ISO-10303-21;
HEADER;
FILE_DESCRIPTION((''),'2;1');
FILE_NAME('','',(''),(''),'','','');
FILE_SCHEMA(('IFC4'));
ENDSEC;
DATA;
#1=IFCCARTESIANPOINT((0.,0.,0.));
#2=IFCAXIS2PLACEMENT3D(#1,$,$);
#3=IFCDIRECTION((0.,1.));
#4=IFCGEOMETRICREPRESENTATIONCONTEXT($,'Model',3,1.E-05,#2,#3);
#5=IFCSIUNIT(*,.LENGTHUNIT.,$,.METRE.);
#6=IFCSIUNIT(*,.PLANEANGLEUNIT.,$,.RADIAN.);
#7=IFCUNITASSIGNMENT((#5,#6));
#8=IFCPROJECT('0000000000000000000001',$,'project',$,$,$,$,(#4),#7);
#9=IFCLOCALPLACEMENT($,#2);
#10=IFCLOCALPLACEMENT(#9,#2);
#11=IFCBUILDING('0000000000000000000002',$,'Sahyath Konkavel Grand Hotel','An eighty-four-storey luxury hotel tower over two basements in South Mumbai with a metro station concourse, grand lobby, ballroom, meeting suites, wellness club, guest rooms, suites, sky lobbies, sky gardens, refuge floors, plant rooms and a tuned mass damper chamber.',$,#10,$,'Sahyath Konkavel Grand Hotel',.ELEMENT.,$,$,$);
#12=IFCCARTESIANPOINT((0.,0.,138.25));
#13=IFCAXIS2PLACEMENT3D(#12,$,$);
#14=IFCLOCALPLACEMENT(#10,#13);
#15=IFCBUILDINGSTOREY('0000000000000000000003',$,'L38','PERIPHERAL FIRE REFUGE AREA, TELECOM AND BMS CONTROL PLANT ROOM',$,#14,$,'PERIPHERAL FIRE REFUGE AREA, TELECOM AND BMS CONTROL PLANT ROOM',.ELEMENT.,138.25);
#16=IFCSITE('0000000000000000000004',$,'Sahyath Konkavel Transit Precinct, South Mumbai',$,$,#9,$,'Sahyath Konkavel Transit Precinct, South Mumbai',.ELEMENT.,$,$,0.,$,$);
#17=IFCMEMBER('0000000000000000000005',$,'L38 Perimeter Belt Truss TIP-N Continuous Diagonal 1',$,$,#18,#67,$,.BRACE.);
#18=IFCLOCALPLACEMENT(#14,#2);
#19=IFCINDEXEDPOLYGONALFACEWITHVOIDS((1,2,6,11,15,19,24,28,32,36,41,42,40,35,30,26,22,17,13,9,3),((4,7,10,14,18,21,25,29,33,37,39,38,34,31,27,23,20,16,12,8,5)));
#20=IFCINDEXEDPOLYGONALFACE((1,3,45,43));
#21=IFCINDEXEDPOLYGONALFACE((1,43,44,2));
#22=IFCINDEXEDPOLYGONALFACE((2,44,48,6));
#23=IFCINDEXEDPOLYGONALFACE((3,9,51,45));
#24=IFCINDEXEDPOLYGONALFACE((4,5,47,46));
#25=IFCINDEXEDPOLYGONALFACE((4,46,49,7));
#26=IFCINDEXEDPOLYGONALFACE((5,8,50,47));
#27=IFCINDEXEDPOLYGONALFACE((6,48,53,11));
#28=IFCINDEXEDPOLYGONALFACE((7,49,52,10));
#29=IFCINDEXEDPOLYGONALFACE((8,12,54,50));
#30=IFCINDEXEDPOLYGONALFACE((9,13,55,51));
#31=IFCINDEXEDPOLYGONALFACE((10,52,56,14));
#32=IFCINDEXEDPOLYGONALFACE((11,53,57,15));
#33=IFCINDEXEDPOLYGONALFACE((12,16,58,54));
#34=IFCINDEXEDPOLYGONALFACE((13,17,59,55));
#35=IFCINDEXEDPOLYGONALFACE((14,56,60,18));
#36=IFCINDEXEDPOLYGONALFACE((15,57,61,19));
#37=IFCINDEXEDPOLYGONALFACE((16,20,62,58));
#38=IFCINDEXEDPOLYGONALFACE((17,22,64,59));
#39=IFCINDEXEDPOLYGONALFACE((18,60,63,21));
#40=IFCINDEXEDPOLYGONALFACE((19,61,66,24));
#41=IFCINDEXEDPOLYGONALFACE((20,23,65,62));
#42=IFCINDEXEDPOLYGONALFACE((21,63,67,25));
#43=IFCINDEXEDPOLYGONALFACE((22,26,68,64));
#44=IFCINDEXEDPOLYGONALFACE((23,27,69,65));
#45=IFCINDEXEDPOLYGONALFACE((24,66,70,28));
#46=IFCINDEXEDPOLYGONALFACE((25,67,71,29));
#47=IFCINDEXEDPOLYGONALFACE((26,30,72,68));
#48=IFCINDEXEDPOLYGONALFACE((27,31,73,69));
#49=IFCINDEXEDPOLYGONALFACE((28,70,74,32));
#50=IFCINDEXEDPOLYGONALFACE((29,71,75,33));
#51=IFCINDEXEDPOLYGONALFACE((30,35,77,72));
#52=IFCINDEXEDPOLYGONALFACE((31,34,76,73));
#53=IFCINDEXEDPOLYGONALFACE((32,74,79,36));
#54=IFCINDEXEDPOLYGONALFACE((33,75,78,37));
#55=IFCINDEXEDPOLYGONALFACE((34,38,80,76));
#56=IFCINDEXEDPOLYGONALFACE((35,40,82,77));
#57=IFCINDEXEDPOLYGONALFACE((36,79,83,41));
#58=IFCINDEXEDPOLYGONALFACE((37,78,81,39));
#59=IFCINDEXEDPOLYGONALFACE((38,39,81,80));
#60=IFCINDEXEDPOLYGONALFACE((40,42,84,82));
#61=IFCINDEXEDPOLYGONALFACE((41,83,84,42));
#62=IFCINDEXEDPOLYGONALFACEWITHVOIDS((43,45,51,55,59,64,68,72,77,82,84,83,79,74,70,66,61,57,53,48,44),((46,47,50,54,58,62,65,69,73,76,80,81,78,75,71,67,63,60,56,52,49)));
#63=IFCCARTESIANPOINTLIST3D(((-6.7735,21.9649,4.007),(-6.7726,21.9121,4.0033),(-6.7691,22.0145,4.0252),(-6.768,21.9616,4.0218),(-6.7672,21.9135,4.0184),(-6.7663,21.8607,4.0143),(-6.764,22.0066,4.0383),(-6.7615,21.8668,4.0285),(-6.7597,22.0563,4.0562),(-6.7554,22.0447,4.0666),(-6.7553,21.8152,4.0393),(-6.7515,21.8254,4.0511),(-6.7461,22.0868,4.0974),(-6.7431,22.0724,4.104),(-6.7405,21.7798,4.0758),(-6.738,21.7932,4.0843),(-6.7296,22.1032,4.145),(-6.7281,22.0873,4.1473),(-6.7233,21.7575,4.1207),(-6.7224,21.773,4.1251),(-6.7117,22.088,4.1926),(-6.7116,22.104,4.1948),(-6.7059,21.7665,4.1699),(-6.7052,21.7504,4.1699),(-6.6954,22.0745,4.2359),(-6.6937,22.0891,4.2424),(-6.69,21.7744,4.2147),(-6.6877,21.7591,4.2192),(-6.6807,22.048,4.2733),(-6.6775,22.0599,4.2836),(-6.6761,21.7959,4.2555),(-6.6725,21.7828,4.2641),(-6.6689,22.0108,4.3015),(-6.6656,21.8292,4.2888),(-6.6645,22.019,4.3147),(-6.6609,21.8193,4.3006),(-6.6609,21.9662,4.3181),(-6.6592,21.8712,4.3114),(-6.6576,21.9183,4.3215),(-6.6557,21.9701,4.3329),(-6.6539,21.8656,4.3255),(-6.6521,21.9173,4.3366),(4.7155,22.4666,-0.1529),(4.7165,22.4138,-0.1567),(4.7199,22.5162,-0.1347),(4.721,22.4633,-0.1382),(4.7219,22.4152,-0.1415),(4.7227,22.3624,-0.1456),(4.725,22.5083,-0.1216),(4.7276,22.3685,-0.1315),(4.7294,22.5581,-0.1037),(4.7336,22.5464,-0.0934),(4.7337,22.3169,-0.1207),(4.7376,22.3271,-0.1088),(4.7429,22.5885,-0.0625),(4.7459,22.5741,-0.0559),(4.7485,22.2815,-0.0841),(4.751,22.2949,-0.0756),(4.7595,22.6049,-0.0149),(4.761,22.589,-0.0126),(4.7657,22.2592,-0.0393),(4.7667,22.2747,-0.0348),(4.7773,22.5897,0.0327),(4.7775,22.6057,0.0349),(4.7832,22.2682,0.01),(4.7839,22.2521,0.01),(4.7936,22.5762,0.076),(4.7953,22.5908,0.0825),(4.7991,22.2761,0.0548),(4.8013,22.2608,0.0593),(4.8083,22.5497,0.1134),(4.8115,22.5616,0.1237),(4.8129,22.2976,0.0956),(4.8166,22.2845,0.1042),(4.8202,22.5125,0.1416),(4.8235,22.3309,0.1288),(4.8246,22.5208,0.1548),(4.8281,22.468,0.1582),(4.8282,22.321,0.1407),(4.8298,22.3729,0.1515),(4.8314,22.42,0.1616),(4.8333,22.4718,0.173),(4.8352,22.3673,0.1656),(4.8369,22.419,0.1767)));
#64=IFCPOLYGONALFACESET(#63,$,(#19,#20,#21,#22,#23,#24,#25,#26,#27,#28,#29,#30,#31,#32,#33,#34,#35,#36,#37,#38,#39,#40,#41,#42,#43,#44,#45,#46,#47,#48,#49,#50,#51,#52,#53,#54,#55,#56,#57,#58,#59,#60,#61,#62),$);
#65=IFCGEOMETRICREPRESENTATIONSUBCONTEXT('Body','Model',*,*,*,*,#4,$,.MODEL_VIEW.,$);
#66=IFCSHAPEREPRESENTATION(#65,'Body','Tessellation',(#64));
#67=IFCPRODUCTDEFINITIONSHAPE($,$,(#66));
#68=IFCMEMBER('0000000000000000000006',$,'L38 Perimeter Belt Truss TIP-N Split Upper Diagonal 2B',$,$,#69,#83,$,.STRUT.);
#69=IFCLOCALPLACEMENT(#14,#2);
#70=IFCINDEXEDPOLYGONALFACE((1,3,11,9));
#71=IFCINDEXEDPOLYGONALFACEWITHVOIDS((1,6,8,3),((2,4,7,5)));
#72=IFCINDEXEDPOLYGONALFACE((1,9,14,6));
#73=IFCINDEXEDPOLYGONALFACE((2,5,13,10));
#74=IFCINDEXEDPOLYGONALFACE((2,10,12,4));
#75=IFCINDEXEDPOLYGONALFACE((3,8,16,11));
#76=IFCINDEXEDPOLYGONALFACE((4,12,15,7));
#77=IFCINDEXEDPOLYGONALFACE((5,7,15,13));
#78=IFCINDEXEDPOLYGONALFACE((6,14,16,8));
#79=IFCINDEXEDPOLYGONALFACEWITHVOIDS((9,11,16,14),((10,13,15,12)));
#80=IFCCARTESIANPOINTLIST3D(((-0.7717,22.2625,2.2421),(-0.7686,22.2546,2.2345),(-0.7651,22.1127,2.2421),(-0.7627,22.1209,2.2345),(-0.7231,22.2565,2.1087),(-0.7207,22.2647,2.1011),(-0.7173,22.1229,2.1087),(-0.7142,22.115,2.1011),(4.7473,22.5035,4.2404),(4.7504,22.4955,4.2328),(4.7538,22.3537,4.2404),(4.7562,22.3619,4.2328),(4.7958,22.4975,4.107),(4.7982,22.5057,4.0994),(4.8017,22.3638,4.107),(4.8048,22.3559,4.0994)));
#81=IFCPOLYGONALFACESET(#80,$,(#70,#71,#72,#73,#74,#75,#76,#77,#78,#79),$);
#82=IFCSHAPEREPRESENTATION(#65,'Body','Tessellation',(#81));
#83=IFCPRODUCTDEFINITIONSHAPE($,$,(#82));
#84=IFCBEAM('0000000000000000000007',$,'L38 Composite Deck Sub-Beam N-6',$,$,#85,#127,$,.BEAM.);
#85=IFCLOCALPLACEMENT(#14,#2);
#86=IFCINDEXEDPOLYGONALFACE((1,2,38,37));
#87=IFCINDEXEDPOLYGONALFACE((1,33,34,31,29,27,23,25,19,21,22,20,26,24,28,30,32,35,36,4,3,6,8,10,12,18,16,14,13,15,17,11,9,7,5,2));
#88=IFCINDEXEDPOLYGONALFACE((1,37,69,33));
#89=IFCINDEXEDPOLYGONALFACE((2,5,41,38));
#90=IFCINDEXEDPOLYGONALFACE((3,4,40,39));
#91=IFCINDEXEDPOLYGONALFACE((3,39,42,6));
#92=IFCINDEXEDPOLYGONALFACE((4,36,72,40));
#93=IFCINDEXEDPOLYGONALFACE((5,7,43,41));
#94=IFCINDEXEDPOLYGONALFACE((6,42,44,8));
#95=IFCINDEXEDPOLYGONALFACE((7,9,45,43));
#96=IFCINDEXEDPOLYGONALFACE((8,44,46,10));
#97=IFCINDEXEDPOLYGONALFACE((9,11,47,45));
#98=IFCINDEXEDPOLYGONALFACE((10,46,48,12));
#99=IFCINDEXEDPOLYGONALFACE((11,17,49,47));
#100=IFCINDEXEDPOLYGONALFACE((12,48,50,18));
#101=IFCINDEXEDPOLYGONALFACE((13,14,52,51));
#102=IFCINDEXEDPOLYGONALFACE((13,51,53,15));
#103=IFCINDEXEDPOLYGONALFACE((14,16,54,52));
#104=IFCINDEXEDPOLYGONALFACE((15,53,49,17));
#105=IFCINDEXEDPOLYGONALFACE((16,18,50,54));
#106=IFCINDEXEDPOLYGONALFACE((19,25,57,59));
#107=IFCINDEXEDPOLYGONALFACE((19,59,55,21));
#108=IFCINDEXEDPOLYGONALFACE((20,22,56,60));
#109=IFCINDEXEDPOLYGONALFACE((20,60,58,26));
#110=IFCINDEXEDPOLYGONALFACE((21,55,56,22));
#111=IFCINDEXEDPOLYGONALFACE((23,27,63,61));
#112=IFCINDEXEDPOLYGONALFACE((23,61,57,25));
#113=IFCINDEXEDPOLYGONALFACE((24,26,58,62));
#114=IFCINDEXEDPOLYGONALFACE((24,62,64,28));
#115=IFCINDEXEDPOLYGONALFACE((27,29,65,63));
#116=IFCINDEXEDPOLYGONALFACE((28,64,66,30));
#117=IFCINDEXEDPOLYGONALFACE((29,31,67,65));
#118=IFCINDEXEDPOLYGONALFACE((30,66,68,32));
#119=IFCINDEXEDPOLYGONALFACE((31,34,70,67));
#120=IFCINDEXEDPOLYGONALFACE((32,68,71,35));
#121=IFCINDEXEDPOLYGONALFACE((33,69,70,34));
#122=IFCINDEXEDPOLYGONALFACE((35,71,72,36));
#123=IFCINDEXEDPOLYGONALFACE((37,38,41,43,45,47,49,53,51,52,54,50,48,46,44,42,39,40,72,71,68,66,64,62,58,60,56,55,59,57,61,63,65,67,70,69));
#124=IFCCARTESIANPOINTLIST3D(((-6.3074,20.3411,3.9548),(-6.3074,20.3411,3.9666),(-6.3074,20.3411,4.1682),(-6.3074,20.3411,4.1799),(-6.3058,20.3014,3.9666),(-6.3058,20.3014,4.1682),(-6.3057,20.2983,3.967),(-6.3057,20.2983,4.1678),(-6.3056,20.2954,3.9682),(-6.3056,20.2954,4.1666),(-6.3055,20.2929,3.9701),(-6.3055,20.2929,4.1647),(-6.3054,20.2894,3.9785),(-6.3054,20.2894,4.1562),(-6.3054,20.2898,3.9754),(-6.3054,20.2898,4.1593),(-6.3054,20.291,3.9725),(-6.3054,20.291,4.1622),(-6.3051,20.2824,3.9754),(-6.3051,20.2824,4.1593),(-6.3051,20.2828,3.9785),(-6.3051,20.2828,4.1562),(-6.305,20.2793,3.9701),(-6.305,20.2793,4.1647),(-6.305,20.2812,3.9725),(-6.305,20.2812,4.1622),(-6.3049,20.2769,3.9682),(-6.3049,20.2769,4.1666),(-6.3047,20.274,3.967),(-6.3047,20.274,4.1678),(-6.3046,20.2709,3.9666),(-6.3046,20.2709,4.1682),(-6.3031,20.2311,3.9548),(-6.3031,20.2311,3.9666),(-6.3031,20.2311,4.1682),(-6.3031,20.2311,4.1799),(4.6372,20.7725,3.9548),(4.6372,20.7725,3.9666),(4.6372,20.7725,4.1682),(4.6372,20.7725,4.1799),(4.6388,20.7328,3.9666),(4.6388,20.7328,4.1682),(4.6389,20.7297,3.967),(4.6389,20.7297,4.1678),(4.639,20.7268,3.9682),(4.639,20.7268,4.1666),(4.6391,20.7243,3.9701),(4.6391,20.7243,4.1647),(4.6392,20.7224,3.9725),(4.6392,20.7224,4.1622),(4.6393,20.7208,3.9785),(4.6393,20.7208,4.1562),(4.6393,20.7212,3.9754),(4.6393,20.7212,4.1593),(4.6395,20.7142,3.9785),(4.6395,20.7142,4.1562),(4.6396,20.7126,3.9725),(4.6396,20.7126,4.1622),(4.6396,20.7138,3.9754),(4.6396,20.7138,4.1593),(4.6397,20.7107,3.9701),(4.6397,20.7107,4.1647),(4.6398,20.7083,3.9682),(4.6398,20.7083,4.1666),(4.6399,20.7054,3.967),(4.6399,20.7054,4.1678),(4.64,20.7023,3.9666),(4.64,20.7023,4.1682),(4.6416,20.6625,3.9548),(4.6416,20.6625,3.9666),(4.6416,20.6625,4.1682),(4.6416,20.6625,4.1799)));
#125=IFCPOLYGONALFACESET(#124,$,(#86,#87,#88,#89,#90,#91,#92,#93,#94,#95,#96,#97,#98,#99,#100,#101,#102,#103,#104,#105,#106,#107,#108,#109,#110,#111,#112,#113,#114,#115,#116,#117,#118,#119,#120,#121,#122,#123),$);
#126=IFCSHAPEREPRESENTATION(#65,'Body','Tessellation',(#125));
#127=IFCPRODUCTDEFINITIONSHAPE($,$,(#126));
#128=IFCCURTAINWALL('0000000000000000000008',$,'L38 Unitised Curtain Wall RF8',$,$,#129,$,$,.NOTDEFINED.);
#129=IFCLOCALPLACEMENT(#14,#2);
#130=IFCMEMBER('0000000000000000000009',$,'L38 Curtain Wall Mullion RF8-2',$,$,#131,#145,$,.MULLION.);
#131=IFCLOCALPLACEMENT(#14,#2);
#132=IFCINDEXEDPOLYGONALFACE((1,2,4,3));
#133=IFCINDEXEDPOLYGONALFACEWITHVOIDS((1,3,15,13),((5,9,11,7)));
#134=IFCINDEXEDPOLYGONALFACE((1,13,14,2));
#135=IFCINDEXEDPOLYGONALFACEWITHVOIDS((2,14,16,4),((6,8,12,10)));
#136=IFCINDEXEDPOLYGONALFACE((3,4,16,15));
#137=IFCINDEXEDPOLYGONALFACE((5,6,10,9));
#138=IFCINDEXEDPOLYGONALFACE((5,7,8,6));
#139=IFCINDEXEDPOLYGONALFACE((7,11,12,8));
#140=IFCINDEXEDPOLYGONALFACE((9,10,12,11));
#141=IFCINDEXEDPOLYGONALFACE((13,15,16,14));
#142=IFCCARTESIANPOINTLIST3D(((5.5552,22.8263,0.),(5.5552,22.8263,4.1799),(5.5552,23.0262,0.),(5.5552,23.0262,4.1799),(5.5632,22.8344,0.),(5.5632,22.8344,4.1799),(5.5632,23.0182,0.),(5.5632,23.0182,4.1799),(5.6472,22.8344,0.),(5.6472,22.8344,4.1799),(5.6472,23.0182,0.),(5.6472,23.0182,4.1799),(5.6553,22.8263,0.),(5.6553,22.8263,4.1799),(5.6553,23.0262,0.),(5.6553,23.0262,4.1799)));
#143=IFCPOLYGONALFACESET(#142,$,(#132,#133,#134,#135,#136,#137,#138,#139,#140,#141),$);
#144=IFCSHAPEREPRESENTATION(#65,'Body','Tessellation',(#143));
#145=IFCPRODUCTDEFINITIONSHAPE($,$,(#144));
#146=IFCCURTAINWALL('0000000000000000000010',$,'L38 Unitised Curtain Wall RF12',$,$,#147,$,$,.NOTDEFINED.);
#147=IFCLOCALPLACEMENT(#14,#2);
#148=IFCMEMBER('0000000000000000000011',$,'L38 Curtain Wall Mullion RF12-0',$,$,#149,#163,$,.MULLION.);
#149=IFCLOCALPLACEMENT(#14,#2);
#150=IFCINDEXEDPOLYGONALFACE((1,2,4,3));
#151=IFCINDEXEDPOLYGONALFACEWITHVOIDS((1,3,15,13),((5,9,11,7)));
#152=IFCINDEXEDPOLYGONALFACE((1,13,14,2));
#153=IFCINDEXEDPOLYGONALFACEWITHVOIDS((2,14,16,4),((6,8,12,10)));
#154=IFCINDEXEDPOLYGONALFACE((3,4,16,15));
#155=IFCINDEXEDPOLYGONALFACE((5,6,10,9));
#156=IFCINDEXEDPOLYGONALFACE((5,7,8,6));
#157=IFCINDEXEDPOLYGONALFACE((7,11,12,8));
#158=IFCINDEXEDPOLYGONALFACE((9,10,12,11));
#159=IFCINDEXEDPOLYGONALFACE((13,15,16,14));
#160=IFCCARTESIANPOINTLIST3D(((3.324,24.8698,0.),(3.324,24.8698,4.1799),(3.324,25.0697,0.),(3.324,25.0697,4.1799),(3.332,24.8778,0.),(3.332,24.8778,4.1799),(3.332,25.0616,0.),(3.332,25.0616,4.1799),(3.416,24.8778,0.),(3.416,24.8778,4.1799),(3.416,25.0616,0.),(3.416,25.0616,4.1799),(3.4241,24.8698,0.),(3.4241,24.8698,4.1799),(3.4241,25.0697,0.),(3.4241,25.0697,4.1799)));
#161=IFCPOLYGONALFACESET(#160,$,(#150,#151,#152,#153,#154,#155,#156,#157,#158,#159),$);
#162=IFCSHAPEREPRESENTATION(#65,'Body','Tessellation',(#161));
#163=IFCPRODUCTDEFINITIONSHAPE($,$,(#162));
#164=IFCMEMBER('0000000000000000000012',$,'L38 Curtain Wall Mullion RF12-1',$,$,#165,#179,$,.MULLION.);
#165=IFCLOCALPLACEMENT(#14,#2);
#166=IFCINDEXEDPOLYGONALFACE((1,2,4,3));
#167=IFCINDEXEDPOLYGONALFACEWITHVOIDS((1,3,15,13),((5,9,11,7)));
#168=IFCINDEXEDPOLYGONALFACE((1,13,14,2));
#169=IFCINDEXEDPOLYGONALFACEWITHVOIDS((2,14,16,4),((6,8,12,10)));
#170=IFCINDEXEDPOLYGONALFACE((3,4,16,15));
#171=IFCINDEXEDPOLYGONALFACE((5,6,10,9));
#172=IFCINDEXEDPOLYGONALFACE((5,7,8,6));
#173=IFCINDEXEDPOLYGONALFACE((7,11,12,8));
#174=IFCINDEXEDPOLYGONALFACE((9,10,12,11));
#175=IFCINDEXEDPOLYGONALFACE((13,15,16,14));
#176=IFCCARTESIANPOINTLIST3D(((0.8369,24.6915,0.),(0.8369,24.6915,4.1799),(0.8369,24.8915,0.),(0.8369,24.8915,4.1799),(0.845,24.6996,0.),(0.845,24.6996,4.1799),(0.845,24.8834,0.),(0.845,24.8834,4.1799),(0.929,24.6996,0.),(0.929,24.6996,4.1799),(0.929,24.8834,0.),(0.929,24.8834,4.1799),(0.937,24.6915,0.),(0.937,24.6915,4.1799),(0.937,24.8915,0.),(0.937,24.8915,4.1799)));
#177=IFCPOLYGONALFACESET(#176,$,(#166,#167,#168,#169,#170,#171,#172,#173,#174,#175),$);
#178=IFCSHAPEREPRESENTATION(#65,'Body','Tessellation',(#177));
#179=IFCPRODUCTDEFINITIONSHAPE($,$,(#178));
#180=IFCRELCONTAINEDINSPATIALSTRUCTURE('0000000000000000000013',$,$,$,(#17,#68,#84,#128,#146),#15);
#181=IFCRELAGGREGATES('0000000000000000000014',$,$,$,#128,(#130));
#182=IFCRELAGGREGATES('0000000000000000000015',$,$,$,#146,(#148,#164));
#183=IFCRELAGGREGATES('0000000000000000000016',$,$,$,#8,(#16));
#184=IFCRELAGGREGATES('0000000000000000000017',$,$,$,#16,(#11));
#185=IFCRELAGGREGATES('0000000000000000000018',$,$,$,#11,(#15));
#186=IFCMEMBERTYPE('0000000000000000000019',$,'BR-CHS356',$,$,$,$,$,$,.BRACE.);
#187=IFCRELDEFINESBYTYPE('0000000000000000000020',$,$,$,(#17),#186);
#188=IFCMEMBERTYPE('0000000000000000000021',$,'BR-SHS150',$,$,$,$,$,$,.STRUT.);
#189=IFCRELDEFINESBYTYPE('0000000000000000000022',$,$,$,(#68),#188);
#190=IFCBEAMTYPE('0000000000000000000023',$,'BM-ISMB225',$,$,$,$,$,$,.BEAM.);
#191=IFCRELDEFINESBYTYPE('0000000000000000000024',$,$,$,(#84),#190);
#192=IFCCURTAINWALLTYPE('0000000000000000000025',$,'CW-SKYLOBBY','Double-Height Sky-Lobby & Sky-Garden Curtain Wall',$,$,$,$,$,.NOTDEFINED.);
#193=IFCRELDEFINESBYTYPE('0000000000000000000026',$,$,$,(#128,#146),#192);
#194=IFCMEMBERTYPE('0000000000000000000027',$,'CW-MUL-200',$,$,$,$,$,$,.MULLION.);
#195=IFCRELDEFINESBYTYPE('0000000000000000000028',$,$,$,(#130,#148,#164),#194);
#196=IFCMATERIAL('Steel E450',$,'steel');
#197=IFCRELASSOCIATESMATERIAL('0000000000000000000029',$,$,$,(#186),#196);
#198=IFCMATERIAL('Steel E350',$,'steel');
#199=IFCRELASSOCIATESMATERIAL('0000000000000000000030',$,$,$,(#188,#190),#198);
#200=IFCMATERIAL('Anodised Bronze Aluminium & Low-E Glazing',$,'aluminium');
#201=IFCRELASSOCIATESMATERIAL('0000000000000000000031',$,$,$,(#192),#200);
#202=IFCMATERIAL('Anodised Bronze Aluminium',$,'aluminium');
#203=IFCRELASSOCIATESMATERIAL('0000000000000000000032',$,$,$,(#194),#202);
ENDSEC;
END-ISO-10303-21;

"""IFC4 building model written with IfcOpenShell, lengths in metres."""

from ifc_helpers import new_model, si_unit, direction, frame, origin, origin_2d, place, context, subcontext, project, spatial, hollow_rectangle, hollow_circle, i_section, extrude, source, transform, mapped, material, material_profile, profile_set, type_object, element, aggregate, save


model = new_model("IFC4")

# Units and contexts
model_context = context("Model", 3, precision=1e-05, world=origin(), true_north=direction((0.0, 1.0)))
body_context = subcontext(model_context, "Body", "Model", "MODEL_VIEW")
ifc_project = project(units=[si_unit("LENGTHUNIT", "METRE"), si_unit("PLANEANGLEUNIT", "RADIAN")], contexts=[model_context])

# Site, building, storey
site_placement = place(None, origin())
site = spatial("IfcSite", under=ifc_project, at=site_placement, Name="Sahyath Konkavel Transit Precinct, South Mumbai", LongName="Sahyath Konkavel Transit Precinct, South Mumbai", CompositionType="ELEMENT", RefElevation=0.0)
building_placement = place(site_placement, origin())
building = spatial("IfcBuilding", under=site, at=building_placement, Name="Sahyath Konkavel Grand Hotel", Description="An eighty-four-storey luxury hotel tower over two basements in South Mumbai with a metro station concourse, grand lobby, ballroom, meeting suites, wellness club, guest rooms, suites, sky lobbies, sky gardens, refuge floors, plant rooms and a tuned mass damper chamber.", LongName="Sahyath Konkavel Grand Hotel", CompositionType="ELEMENT")
storey_placement = place(building_placement, frame((0.0, 0.0, 138.25)))
storey = spatial("IfcBuildingStorey", under=building, at=storey_placement, Name="L38", Description="PERIPHERAL FIRE REFUGE AREA, TELECOM AND BMS CONTROL PLANT ROOM", LongName="PERIPHERAL FIRE REFUGE AREA, TELECOM AND BMS CONTROL PLANT ROOM", CompositionType="ELEMENT", Elevation=138.25)

# Shared definitions
ifc_material_1 = material(Name="Steel E450", Category="steel")

# Shared definitions
ifc_material_2 = material(Name="Steel E350", Category="steel")

# Members
ifc_material_profile_1 = material_profile(ifc_material_1, hollow_circle(Radius=0.1777, WallThickness=0.0161, at=origin_2d()), Name="CHS 355.6x16")
ifc_profile_set_1 = profile_set([ifc_material_profile_1], Name="Steel E450")
member_type_1 = type_object("IfcMemberType", Name="BR-CHS356", PredefinedType="BRACE", material=ifc_profile_set_1)
shared_shape_1 = source(origin(), body_context, "Body", "SweptSolid", [
    extrude(hollow_circle(Radius=0.1777, WallThickness=0.0161, at=origin_2d()), origin(), (0.0, 0.0, 1.0), 12.2292),
])
member_1_placement = place(storey_placement, frame((4.7761, 22.4297, 0.01), z_axis=(-0.939472, -0.041025, 0.340161), x_axis=(0.043627, -0.999048, 0.0)))
element("IfcMember", 1, at=member_1_placement, inside=storey, type_object=member_type_1, Name="L38 Perimeter Belt Truss TIP-N Continuous Diagonal 1", PredefinedType="BRACE", context=body_context, shape_type="MappedRepresentation", body=[
    mapped(shared_shape_1, transform((0.0, 0.0, 0.0), scale=1.0)),
])
ifc_material_profile_2 = material_profile(ifc_material_2, hollow_rectangle(XDim=0.1499, YDim=0.1499, WallThickness=0.0081, at=origin_2d()), Name="SHS 150x150x8")
ifc_profile_set_2 = profile_set([ifc_material_profile_2], Name="Steel E350")
member_type_2 = type_object("IfcMemberType", Name="BR-SHS150", PredefinedType="STRUT", material=ifc_profile_set_2)
shared_shape_2 = source(origin(), body_context, "Body", "SweptSolid", [
    extrude(hollow_rectangle(XDim=0.1499, YDim=0.1499, WallThickness=0.0081, at=origin_2d()), origin(), (0.0, 0.0, 1.0), 5.8745),
])
member_2_placement = place(storey_placement, frame((-0.7429, 22.1887, 2.1716), z_axis=(0.939474, 0.041018, 0.340157), x_axis=(-0.043619, 0.999048, 0.0)))
element("IfcMember", 2, at=member_2_placement, inside=storey, type_object=member_type_2, Name="L38 Perimeter Belt Truss TIP-N Split Upper Diagonal 2B", PredefinedType="STRUT", context=body_context, shape_type="MappedRepresentation", body=[
    mapped(shared_shape_2, transform((0.0, 0.0, 0.0), scale=1.0)),
])

# Beam
ifc_material_profile_3 = material_profile(ifc_material_2, i_section(OverallWidth=0.1101, OverallDepth=0.2251, WebThickness=0.0066, FlangeThickness=0.0117, FilletRadius=0.012, at=origin_2d()), Name="ISMB 225")
ifc_profile_set_3 = profile_set([ifc_material_profile_3], Name="Steel E350")
beam_type_1 = type_object("IfcBeamType", Name="BM-ISMB225", PredefinedType="BEAM", material=ifc_profile_set_3)
shared_shape_3 = source(origin(), body_context, "Body", "SweptSolid", [
    extrude(i_section(OverallWidth=0.1101, OverallDepth=0.2251, WebThickness=0.0066, FlangeThickness=0.0117, FilletRadius=0.012, at=origin_2d()), origin(), (0.0, 0.0, 1.0), 10.9531),
])
beam_1_placement = place(storey_placement, frame((4.6394, 20.7175, 4.0674), z_axis=(-0.999224, -0.039386, 0.0), x_axis=(0.039386, -0.999224, 0.0)))
element("IfcBeam", 3, at=beam_1_placement, inside=storey, type_object=beam_type_1, Name="L38 Composite Deck Sub-Beam N-6", PredefinedType="BEAM", context=body_context, shape_type="MappedRepresentation", body=[
    mapped(shared_shape_3, transform((0.0, 0.0, 0.0), scale=1.0)),
])

# Curtain wall, member
ifc_material_3 = material(Name="Anodised Bronze Aluminium & Low-E Glazing", Category="aluminium")
curtain_wall_type = type_object("IfcCurtainWallType", Name="CW-SKYLOBBY", Description="Double-Height Sky-Lobby & Sky-Garden Curtain Wall", PredefinedType="NOTDEFINED", material=ifc_material_3)
curtain_wall_1_placement = place(storey_placement, origin())
curtain_wall_1 = element("IfcCurtainWall", 4, at=curtain_wall_1_placement, inside=storey, type_object=curtain_wall_type, Name="L38 Unitised Curtain Wall RF8", PredefinedType="NOTDEFINED")
ifc_material_4 = material(Name="Anodised Bronze Aluminium", Category="aluminium")
ifc_material_profile_4 = material_profile(ifc_material_4, hollow_rectangle(XDim=0.1001, YDim=0.2, WallThickness=0.0081, at=origin_2d()), Name="RHS 200x100x8")
ifc_profile_set_4 = profile_set([ifc_material_profile_4], Name="Anodised Bronze Aluminium")
member_type_3 = type_object("IfcMemberType", Name="CW-MUL-200", PredefinedType="MULLION", material=ifc_profile_set_4)
shared_shape_4 = source(origin(), body_context, "Body", "SweptSolid", [
    extrude(hollow_rectangle(XDim=0.1001, YDim=0.2, WallThickness=0.0081, at=origin_2d()), origin(), (0.0, 0.0, 1.0), 4.1799),
])
member_3_placement = place(storey_placement, frame((5.6052, 22.9263, 0.0), z_axis=(0.0, 0.0, 1.0), x_axis=(1.0, 0.0, 0.0)))
member_3 = element("IfcMember", 5, at=member_3_placement, type_object=member_type_3, Name="L38 Curtain Wall Mullion RF8-2", PredefinedType="MULLION", context=body_context, shape_type="MappedRepresentation", body=[
    mapped(shared_shape_4, transform((0.0, 0.0, 0.0), scale=1.0)),
])
aggregate(curtain_wall_1, [member_3])

# Curtain wall, members
curtain_wall_2_placement = place(storey_placement, origin())
curtain_wall_2 = element("IfcCurtainWall", 6, at=curtain_wall_2_placement, inside=storey, type_object=curtain_wall_type, Name="L38 Unitised Curtain Wall RF12", PredefinedType="NOTDEFINED")
member_4_placement = place(storey_placement, frame((3.374, 24.9697, 0.0), z_axis=(0.0, 0.0, 1.0), x_axis=(1.0, 0.0, 0.0)))
member_4 = element("IfcMember", 7, at=member_4_placement, type_object=member_type_3, Name="L38 Curtain Wall Mullion RF12-0", PredefinedType="MULLION", context=body_context, shape_type="MappedRepresentation", body=[
    mapped(shared_shape_4, transform((0.0, 0.0, 0.0), scale=1.0)),
])
member_5_placement = place(storey_placement, frame((0.887, 24.7915, 0.0), z_axis=(0.0, 0.0, 1.0), x_axis=(1.0, 0.0, 0.0)))
member_5 = element("IfcMember", 8, at=member_5_placement, type_object=member_type_3, Name="L38 Curtain Wall Mullion RF12-1", PredefinedType="MULLION", context=body_context, shape_type="MappedRepresentation", body=[
    mapped(shared_shape_4, transform((0.0, 0.0, 0.0), scale=1.0)),
])

aggregate(curtain_wall_2, [member_4, member_5])

save(model, "model.ifc")
